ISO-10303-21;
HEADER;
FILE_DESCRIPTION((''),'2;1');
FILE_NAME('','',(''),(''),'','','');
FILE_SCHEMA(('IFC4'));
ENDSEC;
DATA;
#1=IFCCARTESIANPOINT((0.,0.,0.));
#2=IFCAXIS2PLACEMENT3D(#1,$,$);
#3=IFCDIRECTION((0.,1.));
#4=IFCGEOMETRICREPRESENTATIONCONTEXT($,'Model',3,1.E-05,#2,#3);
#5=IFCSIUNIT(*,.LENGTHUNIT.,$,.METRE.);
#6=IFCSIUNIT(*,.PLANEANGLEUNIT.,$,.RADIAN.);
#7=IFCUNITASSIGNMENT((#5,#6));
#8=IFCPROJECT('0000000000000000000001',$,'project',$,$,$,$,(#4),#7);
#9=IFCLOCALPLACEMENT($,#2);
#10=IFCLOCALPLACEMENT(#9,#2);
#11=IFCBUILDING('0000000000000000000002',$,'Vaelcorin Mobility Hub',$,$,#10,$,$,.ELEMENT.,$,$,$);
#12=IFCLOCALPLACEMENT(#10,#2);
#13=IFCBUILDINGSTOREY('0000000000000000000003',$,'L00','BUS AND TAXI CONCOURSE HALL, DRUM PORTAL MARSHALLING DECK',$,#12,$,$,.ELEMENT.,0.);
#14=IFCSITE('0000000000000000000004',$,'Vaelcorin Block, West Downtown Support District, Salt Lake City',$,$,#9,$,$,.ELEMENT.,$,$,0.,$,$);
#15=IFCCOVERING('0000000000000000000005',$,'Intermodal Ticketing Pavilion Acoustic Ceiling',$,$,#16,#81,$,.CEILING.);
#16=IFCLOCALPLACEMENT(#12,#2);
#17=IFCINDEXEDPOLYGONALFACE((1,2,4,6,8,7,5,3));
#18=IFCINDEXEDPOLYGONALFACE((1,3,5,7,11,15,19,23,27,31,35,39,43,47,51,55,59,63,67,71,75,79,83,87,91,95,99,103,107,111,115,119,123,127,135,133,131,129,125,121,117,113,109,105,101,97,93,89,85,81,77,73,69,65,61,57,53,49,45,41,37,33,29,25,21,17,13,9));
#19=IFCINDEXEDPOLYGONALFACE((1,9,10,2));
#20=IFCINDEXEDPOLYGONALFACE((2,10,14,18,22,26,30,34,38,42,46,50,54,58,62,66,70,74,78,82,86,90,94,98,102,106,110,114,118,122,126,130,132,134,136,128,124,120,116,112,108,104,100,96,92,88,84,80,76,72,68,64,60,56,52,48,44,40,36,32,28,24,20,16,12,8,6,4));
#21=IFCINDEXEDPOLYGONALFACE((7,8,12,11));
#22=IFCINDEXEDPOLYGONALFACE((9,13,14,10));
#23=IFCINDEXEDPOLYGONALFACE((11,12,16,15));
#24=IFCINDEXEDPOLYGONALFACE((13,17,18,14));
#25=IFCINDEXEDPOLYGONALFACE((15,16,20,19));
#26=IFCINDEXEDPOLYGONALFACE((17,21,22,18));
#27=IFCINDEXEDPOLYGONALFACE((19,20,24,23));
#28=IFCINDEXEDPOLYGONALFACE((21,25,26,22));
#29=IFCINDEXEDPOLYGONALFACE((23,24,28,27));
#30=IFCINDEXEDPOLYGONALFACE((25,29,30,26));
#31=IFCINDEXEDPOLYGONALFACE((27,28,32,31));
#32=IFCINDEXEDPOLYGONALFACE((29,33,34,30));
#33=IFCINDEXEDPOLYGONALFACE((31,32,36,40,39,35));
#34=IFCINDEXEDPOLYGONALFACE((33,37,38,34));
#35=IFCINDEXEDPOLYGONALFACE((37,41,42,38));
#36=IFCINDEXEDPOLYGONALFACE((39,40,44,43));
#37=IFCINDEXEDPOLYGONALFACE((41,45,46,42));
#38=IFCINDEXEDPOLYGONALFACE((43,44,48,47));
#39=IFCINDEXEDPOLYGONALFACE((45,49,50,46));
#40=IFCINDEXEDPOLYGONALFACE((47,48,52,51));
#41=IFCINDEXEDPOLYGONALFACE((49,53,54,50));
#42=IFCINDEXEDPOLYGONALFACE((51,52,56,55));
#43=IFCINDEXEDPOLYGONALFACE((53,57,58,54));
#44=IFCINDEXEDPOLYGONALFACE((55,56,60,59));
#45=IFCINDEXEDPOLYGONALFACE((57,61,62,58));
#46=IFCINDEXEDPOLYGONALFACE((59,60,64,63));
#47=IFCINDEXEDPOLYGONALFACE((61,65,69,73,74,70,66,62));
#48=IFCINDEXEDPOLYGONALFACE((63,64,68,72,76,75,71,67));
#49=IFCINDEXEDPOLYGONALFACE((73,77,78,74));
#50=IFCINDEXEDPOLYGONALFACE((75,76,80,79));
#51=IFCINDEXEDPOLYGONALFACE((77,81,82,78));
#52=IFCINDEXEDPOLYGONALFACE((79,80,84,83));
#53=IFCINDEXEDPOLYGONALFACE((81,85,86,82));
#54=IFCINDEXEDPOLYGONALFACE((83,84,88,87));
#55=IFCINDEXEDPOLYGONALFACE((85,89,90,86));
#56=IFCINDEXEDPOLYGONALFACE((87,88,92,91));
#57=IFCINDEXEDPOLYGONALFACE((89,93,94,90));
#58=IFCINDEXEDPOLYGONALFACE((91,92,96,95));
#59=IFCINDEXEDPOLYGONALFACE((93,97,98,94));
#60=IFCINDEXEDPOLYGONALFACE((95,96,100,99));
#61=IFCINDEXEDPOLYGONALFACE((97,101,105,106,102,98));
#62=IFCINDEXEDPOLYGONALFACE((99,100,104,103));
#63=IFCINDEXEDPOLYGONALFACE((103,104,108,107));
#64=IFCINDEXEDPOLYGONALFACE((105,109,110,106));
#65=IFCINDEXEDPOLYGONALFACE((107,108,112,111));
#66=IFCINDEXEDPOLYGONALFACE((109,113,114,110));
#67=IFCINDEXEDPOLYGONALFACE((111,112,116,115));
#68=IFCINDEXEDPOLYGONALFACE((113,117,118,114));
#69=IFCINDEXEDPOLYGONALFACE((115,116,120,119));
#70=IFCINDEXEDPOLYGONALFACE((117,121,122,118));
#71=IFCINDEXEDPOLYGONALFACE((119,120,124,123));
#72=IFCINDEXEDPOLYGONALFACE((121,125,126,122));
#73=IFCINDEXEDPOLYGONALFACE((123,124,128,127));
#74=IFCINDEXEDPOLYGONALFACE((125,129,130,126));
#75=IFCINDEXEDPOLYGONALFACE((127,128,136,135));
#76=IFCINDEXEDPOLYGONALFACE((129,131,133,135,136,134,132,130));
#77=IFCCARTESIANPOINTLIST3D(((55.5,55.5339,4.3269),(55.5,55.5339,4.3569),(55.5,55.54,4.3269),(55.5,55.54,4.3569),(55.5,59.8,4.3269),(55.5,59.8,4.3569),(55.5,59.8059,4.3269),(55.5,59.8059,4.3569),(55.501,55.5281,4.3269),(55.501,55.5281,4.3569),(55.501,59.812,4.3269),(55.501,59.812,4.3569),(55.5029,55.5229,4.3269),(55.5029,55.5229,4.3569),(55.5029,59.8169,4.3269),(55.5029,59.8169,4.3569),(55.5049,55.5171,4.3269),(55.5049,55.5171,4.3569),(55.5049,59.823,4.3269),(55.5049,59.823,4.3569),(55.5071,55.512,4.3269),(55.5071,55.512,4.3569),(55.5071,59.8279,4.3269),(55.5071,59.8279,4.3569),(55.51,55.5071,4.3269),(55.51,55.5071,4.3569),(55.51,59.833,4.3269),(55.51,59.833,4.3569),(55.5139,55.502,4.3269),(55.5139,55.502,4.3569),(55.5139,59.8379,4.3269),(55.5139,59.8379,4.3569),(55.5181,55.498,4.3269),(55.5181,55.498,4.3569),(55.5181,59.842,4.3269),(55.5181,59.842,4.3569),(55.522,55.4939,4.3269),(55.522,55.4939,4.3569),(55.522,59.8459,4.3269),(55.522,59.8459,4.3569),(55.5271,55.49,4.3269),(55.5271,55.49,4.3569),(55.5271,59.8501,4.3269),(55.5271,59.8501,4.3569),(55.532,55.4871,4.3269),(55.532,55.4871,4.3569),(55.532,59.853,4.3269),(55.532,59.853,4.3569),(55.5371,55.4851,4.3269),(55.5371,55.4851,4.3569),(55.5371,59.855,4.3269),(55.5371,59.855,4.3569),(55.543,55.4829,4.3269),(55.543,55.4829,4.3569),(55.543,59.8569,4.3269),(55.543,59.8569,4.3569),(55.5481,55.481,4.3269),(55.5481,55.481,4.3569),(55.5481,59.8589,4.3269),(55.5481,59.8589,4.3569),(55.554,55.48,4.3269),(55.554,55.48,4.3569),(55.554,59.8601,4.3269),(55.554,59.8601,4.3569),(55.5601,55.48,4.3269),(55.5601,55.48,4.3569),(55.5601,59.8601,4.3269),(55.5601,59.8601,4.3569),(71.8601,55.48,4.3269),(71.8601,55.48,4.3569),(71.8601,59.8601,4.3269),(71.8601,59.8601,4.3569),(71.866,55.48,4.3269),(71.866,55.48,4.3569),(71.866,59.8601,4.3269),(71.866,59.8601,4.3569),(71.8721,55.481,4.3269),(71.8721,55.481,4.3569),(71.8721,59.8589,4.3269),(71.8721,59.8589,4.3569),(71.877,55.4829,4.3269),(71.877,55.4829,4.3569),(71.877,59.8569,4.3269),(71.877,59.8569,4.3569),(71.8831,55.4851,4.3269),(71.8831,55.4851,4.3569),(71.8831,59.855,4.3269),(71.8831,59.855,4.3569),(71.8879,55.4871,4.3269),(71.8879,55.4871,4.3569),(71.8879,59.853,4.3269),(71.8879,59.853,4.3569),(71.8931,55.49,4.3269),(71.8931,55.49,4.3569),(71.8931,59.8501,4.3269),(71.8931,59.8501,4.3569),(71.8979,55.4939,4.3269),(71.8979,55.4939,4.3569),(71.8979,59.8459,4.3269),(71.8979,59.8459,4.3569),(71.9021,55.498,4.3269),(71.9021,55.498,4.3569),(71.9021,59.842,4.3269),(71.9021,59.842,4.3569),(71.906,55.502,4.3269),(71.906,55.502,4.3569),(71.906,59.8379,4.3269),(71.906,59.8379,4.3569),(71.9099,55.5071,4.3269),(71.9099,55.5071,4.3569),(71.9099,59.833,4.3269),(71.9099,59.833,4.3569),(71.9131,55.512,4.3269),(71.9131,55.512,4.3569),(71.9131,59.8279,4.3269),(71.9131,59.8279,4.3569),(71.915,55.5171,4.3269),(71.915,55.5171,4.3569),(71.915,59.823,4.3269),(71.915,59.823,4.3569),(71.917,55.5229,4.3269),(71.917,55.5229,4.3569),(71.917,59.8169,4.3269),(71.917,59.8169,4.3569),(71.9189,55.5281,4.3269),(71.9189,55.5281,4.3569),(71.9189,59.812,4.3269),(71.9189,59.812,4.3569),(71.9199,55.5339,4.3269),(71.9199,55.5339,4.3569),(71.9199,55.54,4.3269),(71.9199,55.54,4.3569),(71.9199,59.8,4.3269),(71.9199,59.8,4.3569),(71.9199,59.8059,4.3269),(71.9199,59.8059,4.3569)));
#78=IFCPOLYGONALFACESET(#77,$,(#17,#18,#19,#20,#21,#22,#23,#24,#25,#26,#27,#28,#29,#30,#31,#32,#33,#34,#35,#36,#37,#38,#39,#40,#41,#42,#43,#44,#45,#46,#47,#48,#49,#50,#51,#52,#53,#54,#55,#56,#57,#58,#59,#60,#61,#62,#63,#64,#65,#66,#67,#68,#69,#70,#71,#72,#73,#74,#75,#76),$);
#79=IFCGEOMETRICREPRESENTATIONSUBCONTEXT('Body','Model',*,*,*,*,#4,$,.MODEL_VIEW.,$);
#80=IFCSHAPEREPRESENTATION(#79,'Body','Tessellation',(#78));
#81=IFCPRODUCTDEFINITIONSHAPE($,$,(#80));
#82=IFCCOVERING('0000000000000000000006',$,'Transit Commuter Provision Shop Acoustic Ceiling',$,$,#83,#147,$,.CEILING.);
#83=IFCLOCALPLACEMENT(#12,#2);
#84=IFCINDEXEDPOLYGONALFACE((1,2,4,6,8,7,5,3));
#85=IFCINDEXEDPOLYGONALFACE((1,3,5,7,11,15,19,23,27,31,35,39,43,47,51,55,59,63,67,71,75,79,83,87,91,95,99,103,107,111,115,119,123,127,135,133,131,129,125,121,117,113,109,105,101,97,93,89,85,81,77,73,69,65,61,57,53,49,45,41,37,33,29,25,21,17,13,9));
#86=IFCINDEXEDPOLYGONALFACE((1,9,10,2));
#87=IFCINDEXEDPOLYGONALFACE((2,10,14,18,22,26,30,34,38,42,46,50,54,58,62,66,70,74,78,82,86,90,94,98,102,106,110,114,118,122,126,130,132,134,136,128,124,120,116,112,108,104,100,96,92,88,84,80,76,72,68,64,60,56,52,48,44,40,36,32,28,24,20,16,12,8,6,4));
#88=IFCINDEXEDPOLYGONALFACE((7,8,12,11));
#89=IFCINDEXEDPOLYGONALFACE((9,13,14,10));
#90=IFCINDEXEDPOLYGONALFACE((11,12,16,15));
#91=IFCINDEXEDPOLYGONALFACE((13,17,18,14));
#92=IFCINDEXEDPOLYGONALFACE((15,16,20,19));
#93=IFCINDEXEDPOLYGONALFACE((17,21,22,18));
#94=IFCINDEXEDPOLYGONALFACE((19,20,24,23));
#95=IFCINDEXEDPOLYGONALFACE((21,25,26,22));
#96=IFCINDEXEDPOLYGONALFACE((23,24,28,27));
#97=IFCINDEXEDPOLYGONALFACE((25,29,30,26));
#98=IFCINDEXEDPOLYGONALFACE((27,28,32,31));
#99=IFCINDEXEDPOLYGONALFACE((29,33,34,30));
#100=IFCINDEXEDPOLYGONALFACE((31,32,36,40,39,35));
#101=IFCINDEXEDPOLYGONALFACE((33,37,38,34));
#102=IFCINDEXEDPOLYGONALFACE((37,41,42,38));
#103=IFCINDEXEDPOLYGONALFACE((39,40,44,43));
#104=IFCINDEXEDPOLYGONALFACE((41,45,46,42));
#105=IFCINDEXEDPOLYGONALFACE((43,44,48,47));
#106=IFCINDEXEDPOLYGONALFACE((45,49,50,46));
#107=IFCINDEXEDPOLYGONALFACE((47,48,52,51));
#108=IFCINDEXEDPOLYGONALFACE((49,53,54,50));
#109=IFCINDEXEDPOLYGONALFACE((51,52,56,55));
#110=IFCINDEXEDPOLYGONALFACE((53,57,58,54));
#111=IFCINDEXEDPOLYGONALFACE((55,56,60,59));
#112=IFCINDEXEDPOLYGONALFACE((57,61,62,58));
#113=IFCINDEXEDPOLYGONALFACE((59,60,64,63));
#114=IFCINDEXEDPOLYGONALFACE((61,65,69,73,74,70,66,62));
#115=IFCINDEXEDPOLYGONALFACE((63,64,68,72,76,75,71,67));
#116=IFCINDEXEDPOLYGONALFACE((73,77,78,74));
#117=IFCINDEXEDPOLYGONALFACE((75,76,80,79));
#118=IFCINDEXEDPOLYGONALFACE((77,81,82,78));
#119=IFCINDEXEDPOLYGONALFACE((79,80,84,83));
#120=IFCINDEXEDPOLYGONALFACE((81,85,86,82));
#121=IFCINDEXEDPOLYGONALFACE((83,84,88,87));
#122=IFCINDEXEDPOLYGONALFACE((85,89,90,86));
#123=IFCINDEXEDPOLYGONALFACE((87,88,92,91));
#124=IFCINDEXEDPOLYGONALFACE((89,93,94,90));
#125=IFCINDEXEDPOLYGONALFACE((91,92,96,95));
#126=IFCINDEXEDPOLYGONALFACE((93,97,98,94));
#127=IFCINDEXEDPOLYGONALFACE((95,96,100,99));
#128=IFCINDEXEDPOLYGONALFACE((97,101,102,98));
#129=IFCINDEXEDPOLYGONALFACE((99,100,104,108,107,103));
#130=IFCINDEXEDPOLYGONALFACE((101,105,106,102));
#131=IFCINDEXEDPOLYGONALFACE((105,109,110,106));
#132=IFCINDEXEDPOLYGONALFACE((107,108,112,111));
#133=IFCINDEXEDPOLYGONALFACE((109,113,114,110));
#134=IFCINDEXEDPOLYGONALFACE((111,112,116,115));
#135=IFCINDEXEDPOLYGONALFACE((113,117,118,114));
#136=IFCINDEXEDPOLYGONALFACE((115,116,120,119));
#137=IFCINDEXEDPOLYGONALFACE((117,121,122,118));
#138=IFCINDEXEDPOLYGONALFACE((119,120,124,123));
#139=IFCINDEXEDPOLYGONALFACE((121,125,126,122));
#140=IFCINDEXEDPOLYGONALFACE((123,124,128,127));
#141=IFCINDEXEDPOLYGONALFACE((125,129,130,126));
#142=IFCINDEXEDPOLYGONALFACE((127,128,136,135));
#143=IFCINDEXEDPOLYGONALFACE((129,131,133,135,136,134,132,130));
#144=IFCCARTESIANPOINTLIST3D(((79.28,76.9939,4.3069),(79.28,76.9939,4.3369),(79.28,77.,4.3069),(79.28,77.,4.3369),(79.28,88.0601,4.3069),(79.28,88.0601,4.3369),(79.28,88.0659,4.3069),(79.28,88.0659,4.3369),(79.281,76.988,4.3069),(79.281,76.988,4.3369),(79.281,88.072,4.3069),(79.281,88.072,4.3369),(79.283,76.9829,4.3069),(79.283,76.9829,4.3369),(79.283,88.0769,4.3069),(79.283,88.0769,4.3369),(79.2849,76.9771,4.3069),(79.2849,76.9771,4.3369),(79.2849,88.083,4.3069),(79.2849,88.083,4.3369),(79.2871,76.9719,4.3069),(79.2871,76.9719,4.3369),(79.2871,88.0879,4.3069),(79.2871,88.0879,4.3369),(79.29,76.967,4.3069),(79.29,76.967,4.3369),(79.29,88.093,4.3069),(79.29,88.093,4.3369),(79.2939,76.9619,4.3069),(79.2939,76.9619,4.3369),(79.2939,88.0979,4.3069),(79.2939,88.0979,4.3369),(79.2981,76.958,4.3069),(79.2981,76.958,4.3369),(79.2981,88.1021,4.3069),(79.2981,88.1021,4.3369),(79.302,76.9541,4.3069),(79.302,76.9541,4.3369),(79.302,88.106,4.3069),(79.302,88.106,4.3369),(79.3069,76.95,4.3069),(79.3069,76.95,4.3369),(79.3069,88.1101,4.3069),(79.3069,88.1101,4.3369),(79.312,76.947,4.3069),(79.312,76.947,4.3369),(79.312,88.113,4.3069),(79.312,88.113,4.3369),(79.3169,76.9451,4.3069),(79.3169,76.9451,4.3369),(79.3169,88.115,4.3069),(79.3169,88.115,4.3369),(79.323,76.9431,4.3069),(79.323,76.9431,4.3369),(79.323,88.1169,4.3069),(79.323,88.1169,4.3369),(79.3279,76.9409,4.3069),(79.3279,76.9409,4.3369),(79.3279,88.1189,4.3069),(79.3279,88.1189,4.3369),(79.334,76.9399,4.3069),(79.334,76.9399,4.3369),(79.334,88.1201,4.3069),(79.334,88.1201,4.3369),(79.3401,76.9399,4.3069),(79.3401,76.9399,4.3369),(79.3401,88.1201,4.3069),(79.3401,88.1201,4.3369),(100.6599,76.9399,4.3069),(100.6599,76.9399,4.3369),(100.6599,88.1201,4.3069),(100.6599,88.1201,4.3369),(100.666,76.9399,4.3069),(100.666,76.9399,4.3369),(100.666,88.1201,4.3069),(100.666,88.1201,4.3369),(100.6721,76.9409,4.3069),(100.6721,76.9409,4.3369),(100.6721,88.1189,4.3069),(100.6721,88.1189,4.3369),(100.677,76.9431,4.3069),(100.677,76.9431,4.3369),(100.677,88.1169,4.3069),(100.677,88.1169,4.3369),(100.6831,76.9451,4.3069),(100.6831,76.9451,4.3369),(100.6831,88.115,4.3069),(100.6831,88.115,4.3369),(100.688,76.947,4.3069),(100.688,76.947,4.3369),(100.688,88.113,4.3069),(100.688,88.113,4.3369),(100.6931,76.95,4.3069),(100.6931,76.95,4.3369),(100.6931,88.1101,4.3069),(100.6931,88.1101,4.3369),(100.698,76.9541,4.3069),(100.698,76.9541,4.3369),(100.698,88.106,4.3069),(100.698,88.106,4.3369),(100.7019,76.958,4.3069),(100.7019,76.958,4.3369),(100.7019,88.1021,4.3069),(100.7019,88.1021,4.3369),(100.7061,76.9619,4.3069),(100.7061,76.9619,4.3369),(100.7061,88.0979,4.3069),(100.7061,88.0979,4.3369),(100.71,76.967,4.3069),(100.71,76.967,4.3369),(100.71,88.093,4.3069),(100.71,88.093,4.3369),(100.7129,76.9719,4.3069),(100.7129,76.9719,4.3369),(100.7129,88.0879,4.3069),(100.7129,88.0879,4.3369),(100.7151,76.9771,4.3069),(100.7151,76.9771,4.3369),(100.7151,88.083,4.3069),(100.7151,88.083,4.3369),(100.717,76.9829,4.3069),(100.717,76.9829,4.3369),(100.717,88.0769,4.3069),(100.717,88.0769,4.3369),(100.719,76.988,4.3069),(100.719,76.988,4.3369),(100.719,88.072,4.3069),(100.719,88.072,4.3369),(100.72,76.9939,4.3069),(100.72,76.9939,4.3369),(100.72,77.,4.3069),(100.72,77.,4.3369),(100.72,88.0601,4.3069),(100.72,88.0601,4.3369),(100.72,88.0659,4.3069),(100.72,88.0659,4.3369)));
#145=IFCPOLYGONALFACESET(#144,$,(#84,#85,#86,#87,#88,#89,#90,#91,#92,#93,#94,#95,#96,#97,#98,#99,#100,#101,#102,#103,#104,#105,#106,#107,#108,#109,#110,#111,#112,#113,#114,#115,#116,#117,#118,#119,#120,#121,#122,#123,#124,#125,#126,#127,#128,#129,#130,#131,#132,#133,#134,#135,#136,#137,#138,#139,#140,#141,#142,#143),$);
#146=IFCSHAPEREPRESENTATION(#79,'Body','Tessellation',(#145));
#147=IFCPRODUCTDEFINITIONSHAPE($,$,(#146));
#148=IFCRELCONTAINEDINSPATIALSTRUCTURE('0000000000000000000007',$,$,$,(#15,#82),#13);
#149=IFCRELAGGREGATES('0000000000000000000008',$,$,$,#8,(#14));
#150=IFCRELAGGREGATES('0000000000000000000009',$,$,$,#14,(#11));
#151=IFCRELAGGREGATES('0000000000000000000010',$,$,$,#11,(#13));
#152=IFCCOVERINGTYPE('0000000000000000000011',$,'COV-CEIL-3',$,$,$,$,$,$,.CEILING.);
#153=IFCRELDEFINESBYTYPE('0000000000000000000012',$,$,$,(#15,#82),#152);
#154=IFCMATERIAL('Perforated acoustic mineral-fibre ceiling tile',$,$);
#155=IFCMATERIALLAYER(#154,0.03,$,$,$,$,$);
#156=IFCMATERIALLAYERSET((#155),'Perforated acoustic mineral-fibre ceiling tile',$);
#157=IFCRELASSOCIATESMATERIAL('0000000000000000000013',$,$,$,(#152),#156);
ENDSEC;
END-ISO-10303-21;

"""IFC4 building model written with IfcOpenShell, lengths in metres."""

from ifc_helpers import new_model, si_unit, direction, frame, origin, place, context, subcontext, project, spatial, polyline, outline, extrude, material, layer, layer_set, type_object, element, save


model = new_model("IFC4")

# Units and contexts
model_context = context("Model", 3, precision=1e-05, world=origin(), true_north=direction((0.0, 1.0)))
body_context = subcontext(model_context, "Body", "Model", "MODEL_VIEW")
ifc_project = project(units=[si_unit("LENGTHUNIT", "METRE"), si_unit("PLANEANGLEUNIT", "RADIAN")], contexts=[model_context])

# Site, building, storey
site_placement = place(None, origin())
site = spatial("IfcSite", under=ifc_project, at=site_placement, Name="Vaelcorin Block, West Downtown Support District, Salt Lake City", CompositionType="ELEMENT", RefElevation=0.0)
building_placement = place(site_placement, origin())
building = spatial("IfcBuilding", under=site, at=building_placement, Name="Vaelcorin Mobility Hub", CompositionType="ELEMENT")
storey_placement = place(building_placement, origin())
storey = spatial("IfcBuildingStorey", under=building, at=storey_placement, Name="L00", Description="BUS AND TAXI CONCOURSE HALL, DRUM PORTAL MARSHALLING DECK", CompositionType="ELEMENT", Elevation=0.0)

# Coverings
ifc_material_1 = material(Name="Perforated acoustic mineral-fibre ceiling tile")
ifc_layer_1 = layer(ifc_material_1, 0.03)
ifc_layer_set_1 = layer_set([ifc_layer_1], Name="Perforated acoustic mineral-fibre ceiling tile")
covering_type_1 = type_object("IfcCoveringType", Name="COV-CEIL-3", PredefinedType="CEILING", material=ifc_layer_set_1)
covering_1_placement = place(storey_placement, frame((0.0, 0.0, 4.3269)))
element("IfcCovering", 1, at=covering_1_placement, inside=storey, type_object=covering_type_1, Name="Intermodal Ticketing Pavilion Acoustic Ceiling", PredefinedType="CEILING", context=body_context, shape_type="SweptSolid", body=[
    extrude(outline(polyline([(55.5601, 55.48), (55.554, 55.48), (55.5481, 55.481), (55.543, 55.4829), (55.5371, 55.4851), (55.532, 55.4871), (55.5271, 55.49), (55.522, 55.4939), (55.5181, 55.498), (55.5139, 55.502), (55.51, 55.5071), (55.5071, 55.512), (55.5049, 55.5171), (55.5029, 55.5229), (55.501, 55.5281), (55.5, 55.5339), (55.5, 55.54), (55.5, 59.8), (55.5, 59.8059), (55.501, 59.812), (55.5029, 59.8169), (55.5049, 59.823), (55.5071, 59.8279), (55.51, 59.833), (55.5139, 59.8379), (55.5181, 59.842), (55.522, 59.8459), (55.5271, 59.8501), (55.532, 59.853), (55.5371, 59.855), (55.543, 59.8569), (55.5481, 59.8589), (55.554, 59.8601), (55.5601, 59.8601), (71.8601, 59.8601), (71.866, 59.8601), (71.8721, 59.8589), (71.877, 59.8569), (71.8831, 59.855), (71.8879, 59.853), (71.8931, 59.8501), (71.8979, 59.8459), (71.9021, 59.842), (71.906, 59.8379), (71.9099, 59.833), (71.9131, 59.8279), (71.915, 59.823), (71.917, 59.8169), (71.9189, 59.812), (71.9199, 59.8059), (71.9199, 59.8), (71.9199, 55.54), (71.9199, 55.5339), (71.9189, 55.5281), (71.917, 55.5229), (71.915, 55.5171), (71.9131, 55.512), (71.9099, 55.5071), (71.906, 55.502), (71.9021, 55.498), (71.8979, 55.4939), (71.8931, 55.49), (71.8879, 55.4871), (71.8831, 55.4851), (71.877, 55.4829), (71.8721, 55.481), (71.866, 55.48), (71.8601, 55.48), (55.5601, 55.48)])), origin(), (0.0, 0.0, 1.0), 0.03),
])
covering_2_placement = place(storey_placement, frame((0.0, 0.0, 4.3069)))
element("IfcCovering", 2, at=covering_2_placement, inside=storey, type_object=covering_type_1, Name="Transit Commuter Provision Shop Acoustic Ceiling", PredefinedType="CEILING", context=body_context, shape_type="SweptSolid", body=[
    extrude(outline(polyline([(79.3401, 76.9399), (79.334, 76.9399), (79.3279, 76.9409), (79.323, 76.9431), (79.3169, 76.9451), (79.312, 76.947), (79.3069, 76.95), (79.302, 76.9541), (79.2981, 76.958), (79.2939, 76.9619), (79.29, 76.967), (79.2871, 76.9719), (79.2849, 76.9771), (79.283, 76.9829), (79.281, 76.988), (79.28, 76.9939), (79.28, 77.0), (79.28, 88.0601), (79.28, 88.0659), (79.281, 88.072), (79.283, 88.0769), (79.2849, 88.083), (79.2871, 88.0879), (79.29, 88.093), (79.2939, 88.0979), (79.2981, 88.1021), (79.302, 88.106), (79.3069, 88.1101), (79.312, 88.113), (79.3169, 88.115), (79.323, 88.1169), (79.3279, 88.1189), (79.334, 88.1201), (79.3401, 88.1201), (100.6599, 88.1201), (100.666, 88.1201), (100.6721, 88.1189), (100.677, 88.1169), (100.6831, 88.115), (100.688, 88.113), (100.6931, 88.1101), (100.698, 88.106), (100.7019, 88.1021), (100.7061, 88.0979), (100.71, 88.093), (100.7129, 88.0879), (100.7151, 88.083), (100.717, 88.0769), (100.719, 88.072), (100.72, 88.0659), (100.72, 88.0601), (100.72, 77.0), (100.72, 76.9939), (100.719, 76.988), (100.717, 76.9829), (100.7151, 76.9771), (100.7129, 76.9719), (100.71, 76.967), (100.7061, 76.9619), (100.7019, 76.958), (100.698, 76.9541), (100.6931, 76.95), (100.688, 76.947), (100.6831, 76.9451), (100.677, 76.9431), (100.6721, 76.9409), (100.666, 76.9399), (100.6599, 76.9399), (79.3401, 76.9399)])), origin(), (0.0, 0.0, 1.0), 0.03),
])

save(model, "model.ifc")
